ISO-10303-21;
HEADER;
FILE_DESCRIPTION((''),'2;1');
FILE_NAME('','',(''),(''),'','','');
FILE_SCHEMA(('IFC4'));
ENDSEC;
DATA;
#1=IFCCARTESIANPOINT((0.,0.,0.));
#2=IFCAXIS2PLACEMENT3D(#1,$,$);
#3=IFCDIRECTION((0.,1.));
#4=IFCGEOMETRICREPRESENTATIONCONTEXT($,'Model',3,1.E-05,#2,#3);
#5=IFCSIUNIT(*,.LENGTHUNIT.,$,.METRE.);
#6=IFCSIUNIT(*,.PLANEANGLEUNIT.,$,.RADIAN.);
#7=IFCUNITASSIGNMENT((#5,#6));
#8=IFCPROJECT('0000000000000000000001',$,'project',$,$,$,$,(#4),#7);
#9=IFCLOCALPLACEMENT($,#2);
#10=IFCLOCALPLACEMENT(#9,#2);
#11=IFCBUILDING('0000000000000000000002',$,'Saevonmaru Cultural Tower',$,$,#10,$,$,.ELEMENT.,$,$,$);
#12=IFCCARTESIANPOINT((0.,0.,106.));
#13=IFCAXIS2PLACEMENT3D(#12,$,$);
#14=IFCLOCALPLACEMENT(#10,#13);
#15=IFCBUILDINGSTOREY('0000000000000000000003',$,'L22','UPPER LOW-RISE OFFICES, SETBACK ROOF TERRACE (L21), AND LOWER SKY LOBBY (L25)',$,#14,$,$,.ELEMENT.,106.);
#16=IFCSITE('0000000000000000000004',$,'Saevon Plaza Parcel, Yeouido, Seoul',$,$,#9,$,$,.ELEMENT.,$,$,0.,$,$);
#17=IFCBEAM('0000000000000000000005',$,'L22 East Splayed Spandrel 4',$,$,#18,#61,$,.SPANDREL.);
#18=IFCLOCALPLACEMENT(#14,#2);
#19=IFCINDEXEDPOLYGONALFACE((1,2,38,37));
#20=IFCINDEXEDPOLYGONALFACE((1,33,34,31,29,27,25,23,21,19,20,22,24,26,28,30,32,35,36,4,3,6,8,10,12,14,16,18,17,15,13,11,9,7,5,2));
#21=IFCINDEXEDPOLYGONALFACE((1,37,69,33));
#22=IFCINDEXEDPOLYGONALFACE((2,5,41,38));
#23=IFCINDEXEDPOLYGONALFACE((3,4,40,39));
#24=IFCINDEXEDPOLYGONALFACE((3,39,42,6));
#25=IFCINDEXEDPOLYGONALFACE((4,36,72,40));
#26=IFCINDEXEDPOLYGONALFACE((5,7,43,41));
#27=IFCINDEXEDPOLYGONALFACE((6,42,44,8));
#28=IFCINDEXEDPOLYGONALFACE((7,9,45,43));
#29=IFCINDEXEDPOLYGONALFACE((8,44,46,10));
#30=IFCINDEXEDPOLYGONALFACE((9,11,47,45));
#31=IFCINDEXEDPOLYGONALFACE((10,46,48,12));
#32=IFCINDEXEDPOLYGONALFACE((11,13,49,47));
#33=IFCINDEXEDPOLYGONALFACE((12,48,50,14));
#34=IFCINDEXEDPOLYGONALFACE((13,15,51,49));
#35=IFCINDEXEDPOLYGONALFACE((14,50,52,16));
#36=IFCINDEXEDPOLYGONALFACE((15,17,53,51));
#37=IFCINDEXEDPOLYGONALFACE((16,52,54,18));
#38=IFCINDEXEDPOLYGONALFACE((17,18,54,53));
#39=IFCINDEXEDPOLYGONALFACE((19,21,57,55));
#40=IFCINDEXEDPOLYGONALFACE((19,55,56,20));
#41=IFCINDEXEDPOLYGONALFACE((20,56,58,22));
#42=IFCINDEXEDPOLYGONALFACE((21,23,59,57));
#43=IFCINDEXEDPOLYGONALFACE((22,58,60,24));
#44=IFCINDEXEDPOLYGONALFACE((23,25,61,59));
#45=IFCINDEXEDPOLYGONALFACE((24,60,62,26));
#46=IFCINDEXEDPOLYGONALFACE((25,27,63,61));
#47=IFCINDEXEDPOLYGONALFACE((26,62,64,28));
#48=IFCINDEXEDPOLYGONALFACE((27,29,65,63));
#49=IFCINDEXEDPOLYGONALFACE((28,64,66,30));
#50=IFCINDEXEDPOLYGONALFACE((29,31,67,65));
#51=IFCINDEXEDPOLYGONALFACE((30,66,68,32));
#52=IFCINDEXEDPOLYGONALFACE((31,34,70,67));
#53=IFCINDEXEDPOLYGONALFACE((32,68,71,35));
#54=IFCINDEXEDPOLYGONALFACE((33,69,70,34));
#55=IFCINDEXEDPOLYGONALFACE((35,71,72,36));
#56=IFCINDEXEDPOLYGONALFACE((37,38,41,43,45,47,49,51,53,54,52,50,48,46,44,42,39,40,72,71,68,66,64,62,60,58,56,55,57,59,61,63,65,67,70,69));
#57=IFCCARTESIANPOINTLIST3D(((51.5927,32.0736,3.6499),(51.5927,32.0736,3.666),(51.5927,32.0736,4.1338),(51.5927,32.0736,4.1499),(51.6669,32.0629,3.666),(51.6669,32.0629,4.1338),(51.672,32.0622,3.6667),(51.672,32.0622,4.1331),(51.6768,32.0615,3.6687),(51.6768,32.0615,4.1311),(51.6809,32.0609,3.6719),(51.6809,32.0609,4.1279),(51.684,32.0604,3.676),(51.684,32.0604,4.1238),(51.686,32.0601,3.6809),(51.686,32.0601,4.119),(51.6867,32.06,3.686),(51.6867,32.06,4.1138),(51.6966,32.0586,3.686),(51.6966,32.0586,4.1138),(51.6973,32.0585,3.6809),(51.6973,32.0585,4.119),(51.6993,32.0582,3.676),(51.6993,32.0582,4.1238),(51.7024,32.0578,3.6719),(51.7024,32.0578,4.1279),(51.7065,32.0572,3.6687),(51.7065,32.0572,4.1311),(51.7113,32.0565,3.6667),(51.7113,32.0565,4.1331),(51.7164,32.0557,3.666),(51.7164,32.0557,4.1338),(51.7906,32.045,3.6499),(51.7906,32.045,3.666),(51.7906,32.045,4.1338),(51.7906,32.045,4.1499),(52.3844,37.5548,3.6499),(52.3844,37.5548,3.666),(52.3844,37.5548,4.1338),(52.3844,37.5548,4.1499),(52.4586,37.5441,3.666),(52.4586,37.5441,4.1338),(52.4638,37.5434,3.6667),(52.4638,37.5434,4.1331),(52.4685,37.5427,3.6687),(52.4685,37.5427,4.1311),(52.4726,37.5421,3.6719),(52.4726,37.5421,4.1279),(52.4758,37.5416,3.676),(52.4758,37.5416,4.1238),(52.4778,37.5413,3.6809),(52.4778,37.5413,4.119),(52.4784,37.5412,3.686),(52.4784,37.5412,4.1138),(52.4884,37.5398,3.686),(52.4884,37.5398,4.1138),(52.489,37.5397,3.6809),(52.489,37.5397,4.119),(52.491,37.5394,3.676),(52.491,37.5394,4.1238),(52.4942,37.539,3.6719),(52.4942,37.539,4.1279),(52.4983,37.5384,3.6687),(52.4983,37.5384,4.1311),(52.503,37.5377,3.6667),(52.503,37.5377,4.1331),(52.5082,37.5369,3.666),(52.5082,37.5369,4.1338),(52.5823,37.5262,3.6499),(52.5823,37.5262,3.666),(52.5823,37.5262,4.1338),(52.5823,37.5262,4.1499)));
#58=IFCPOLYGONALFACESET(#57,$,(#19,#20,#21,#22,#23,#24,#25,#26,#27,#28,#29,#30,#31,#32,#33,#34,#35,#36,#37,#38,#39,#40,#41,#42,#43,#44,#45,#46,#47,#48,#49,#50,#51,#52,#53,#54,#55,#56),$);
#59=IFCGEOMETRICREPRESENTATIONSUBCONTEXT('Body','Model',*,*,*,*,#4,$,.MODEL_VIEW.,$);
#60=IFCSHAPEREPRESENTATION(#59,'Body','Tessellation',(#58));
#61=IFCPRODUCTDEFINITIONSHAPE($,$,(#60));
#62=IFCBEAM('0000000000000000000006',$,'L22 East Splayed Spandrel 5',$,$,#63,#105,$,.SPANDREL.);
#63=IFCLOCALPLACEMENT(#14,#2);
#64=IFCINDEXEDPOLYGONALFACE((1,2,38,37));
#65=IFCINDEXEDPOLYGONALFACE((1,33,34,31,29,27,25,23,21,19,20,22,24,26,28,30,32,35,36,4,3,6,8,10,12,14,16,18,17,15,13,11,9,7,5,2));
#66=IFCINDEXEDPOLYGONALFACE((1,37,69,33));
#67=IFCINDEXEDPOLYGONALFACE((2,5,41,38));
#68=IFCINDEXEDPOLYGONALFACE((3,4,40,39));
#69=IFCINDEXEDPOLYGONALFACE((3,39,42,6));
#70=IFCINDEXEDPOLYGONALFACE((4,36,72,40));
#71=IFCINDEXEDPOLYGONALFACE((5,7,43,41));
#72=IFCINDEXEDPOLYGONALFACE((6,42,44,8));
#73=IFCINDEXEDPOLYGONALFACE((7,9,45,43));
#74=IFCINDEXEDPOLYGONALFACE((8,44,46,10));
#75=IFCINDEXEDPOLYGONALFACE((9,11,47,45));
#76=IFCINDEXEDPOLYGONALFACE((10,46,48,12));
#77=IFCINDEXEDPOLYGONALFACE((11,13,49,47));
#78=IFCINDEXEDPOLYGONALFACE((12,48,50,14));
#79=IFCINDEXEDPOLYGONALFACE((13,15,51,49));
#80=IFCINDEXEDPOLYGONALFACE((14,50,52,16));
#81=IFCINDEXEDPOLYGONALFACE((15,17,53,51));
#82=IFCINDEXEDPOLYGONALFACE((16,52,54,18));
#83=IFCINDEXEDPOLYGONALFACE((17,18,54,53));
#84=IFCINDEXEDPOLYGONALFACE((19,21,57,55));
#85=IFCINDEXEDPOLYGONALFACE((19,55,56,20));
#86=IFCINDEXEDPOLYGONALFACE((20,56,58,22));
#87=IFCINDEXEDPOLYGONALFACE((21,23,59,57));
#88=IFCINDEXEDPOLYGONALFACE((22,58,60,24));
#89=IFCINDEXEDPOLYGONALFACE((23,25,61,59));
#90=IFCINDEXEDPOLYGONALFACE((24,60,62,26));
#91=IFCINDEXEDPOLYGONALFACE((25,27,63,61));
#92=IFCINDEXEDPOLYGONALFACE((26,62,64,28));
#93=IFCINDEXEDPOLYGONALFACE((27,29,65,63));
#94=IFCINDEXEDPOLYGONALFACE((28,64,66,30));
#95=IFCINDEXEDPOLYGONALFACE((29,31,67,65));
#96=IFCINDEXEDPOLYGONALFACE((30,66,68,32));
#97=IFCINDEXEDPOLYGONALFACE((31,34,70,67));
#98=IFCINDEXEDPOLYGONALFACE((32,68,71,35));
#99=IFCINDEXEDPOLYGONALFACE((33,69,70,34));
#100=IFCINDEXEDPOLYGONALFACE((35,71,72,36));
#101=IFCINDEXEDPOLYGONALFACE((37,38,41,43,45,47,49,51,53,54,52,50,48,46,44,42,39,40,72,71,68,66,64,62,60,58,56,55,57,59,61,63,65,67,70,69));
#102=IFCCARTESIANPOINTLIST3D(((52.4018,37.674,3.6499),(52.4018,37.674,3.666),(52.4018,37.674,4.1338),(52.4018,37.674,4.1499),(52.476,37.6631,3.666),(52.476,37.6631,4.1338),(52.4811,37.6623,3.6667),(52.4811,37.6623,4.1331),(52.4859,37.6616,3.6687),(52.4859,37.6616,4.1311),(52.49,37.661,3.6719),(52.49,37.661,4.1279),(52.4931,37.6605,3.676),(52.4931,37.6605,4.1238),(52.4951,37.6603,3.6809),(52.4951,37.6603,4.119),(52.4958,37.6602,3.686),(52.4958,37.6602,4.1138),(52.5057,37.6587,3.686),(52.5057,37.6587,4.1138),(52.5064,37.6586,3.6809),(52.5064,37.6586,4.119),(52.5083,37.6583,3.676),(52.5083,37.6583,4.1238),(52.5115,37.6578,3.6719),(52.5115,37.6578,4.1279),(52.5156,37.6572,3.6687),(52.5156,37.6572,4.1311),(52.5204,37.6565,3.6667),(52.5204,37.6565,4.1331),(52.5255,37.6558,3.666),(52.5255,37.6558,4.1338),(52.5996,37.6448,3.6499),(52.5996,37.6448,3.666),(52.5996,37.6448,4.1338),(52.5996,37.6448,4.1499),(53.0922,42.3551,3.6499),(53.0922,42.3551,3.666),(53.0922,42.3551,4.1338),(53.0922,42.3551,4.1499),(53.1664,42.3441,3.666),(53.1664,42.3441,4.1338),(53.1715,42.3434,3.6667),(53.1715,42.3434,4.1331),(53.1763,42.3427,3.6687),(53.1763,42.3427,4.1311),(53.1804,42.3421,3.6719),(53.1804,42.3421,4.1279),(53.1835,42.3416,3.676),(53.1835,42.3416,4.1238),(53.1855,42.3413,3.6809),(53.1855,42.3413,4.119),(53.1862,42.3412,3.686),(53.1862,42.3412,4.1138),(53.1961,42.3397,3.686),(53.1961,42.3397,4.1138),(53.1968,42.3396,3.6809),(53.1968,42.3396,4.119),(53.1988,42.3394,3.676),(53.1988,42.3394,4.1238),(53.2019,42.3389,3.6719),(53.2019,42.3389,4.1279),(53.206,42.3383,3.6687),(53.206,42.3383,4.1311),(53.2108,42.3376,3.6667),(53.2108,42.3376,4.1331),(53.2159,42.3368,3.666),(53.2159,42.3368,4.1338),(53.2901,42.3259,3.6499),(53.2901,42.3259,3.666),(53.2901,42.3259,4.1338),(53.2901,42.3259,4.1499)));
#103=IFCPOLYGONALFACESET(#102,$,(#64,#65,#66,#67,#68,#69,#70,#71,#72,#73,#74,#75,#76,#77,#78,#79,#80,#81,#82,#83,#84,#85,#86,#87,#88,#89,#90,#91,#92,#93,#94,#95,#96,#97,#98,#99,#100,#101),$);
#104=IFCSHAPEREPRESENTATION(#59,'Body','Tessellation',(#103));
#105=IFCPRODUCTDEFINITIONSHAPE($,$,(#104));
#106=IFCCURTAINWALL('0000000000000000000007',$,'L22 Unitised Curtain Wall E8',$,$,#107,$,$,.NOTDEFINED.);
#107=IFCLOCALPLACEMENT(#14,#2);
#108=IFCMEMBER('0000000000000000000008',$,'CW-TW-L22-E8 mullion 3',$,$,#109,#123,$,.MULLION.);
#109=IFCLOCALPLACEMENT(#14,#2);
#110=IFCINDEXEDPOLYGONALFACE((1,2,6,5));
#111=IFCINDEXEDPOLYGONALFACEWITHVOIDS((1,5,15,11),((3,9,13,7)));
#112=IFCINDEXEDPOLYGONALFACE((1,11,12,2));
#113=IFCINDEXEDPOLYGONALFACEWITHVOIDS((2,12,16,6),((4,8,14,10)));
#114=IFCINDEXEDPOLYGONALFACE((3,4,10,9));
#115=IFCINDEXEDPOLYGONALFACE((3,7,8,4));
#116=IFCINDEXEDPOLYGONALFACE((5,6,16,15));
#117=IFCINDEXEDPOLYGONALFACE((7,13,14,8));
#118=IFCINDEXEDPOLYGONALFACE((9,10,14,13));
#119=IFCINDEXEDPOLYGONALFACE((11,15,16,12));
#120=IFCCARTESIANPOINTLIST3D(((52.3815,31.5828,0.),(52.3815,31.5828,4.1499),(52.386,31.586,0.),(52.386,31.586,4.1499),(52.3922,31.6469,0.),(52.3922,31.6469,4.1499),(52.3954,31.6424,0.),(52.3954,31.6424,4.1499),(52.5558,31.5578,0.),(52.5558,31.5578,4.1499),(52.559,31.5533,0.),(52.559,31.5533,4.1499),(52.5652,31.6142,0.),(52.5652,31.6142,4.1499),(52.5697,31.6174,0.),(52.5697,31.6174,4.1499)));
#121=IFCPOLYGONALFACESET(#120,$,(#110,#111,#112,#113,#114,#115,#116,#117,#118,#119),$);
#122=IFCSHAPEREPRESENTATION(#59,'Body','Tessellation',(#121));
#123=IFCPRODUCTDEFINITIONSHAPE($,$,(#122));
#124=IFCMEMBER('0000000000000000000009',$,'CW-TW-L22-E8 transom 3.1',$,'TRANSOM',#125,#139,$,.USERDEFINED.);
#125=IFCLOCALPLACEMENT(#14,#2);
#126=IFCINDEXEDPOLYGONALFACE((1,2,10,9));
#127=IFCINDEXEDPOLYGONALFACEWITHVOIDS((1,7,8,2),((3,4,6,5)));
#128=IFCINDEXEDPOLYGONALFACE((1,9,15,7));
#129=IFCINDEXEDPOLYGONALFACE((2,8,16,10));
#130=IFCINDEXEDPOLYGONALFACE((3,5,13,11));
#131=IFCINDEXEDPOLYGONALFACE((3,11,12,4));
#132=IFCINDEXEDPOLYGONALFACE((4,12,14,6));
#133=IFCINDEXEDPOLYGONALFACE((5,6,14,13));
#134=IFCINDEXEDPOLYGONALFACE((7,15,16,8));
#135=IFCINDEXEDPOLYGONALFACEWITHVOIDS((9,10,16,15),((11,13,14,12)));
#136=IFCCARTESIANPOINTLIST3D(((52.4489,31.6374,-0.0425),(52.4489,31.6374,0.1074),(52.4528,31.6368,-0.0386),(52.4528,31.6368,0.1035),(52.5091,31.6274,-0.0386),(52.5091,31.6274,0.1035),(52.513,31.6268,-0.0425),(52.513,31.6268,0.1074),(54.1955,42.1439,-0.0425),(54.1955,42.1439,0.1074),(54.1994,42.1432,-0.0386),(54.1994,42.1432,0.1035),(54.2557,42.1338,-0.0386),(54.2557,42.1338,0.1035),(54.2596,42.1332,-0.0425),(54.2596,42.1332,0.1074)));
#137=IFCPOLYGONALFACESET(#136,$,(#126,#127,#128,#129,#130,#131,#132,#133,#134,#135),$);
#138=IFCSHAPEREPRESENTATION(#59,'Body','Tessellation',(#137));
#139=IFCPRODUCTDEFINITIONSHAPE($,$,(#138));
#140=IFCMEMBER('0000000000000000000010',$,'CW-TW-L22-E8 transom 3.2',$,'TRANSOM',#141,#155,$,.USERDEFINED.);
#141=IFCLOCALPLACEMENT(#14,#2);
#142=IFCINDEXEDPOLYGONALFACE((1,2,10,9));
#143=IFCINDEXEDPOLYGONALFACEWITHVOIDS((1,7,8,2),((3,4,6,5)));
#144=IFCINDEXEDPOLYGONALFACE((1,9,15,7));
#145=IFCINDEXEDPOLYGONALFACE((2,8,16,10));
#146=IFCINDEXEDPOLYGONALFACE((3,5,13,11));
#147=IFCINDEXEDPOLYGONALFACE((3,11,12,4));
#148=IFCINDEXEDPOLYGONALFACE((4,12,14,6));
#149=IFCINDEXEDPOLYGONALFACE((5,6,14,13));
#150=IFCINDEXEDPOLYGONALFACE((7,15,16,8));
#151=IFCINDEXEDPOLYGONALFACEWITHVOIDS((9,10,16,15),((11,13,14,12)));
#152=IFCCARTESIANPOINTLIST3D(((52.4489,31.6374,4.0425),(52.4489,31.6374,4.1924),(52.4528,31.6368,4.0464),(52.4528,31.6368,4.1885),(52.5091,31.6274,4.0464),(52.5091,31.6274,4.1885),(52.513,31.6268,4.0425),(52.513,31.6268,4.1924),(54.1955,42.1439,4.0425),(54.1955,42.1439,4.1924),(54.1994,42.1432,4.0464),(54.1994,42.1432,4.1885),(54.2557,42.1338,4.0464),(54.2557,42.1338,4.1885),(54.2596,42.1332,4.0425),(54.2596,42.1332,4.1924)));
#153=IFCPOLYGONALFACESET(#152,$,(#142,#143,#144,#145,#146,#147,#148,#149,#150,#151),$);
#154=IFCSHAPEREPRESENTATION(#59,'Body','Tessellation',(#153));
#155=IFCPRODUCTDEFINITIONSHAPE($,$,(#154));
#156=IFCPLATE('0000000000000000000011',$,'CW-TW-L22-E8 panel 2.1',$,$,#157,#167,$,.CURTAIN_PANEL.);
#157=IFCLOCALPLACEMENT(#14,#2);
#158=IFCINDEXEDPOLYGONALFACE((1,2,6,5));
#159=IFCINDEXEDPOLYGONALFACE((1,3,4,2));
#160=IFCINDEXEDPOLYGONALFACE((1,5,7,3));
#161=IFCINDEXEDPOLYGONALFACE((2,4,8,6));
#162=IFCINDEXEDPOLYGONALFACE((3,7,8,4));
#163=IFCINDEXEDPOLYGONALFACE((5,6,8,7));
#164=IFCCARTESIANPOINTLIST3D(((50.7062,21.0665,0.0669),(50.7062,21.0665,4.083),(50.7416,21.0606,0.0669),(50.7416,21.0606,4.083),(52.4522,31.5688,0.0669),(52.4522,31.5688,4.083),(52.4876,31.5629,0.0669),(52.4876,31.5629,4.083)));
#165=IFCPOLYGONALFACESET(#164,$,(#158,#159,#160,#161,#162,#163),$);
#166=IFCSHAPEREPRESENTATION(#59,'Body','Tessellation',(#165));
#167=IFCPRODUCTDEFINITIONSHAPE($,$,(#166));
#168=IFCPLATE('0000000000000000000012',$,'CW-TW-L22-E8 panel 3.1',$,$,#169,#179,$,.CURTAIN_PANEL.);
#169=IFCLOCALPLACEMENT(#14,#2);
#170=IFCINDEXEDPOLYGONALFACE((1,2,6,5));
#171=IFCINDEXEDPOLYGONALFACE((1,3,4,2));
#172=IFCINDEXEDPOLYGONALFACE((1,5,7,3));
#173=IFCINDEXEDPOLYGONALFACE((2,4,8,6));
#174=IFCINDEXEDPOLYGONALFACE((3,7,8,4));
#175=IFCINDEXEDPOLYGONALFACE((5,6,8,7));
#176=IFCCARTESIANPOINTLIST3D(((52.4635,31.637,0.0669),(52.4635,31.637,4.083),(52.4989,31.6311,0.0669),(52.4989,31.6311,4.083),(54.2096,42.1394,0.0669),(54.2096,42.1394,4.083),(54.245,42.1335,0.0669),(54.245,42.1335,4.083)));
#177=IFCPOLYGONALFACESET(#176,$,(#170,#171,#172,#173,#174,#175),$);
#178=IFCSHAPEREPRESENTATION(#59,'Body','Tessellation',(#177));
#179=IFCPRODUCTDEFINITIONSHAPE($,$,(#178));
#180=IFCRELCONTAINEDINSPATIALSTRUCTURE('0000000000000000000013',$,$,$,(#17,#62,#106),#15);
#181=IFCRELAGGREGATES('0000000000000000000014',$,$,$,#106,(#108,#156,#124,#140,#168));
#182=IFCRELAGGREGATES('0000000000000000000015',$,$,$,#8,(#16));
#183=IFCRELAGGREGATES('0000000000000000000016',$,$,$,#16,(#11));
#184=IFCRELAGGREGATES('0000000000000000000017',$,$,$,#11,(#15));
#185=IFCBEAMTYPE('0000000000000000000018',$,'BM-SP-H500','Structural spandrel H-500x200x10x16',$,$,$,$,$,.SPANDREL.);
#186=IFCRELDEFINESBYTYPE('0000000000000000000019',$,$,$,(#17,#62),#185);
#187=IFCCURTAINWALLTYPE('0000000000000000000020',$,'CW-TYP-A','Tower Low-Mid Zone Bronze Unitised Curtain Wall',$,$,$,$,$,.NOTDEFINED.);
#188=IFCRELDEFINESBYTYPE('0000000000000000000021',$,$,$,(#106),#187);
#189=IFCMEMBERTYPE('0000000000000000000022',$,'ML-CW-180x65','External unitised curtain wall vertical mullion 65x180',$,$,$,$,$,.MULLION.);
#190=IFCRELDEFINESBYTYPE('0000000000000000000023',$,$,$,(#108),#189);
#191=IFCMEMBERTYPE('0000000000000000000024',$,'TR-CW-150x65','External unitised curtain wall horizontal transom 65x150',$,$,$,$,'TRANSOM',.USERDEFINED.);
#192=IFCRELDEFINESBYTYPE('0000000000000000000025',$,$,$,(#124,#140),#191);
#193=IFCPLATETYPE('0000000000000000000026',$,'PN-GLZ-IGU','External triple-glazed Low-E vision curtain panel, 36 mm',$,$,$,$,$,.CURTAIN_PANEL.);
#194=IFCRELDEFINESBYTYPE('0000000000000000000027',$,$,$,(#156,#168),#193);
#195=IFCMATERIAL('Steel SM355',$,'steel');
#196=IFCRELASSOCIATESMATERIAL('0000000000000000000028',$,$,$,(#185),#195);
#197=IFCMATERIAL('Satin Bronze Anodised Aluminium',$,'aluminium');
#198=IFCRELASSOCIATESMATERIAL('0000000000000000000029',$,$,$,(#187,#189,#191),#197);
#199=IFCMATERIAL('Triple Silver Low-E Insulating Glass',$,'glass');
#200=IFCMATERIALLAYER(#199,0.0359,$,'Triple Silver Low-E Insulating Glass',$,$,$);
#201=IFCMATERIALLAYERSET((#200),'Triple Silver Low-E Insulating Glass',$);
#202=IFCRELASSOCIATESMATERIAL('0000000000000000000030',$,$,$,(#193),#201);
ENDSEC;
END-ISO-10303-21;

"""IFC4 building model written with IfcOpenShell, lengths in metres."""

from ifc_helpers import new_model, si_unit, direction, frame, origin, origin_2d, place, context, subcontext, project, spatial, rectangle, hollow_rectangle, i_section, extrude, material, layer, layer_set, material_profile, profile_set, type_object, element, aggregate, save


model = new_model("IFC4")

# Units and contexts
model_context = context("Model", 3, precision=1e-05, world=origin(), true_north=direction((0.0, 1.0)))
body_context = subcontext(model_context, "Body", "Model", "MODEL_VIEW")
ifc_project = project(units=[si_unit("LENGTHUNIT", "METRE"), si_unit("PLANEANGLEUNIT", "RADIAN")], contexts=[model_context])

# Site, building, storey
site_placement = place(None, origin())
site = spatial("IfcSite", under=ifc_project, at=site_placement, Name="Saevon Plaza Parcel, Yeouido, Seoul", CompositionType="ELEMENT", RefElevation=0.0)
building_placement = place(site_placement, origin())
building = spatial("IfcBuilding", under=site, at=building_placement, Name="Saevonmaru Cultural Tower", CompositionType="ELEMENT")
storey_placement = place(building_placement, frame((0.0, 0.0, 106.0)))
storey = spatial("IfcBuildingStorey", under=building, at=storey_placement, Name="L22", Description="UPPER LOW-RISE OFFICES, SETBACK ROOF TERRACE (L21), AND LOWER SKY LOBBY (L25)", CompositionType="ELEMENT", Elevation=106.0)

# Shared definitions
ifc_material_1 = material(Name="Steel SM355", Category="steel")

# Beams
ifc_material_profile_1 = material_profile(ifc_material_1, i_section(OverallWidth=0.2, OverallDepth=0.5, WebThickness=0.01, FlangeThickness=0.0161, FilletRadius=0.02, at=origin_2d()), Name="H-500x200x10x16")
ifc_profile_set_1 = profile_set([ifc_material_profile_1], Name="Steel SM355")
beam_type_1 = type_object("IfcBeamType", Name="BM-SP-H500", Description="Structural spandrel H-500x200x10x16", PredefinedType="SPANDREL", material=ifc_profile_set_1)
beam_1_placement = place(storey_placement, frame((51.6917, 32.0593, 3.8999), z_axis=(0.142964, 0.989728, 0.0), x_axis=(-0.989728, 0.142964, 0.0)))
element("IfcBeam", 1, at=beam_1_placement, inside=storey, type_object=beam_type_1, Name="L22 East Splayed Spandrel 4", PredefinedType="SPANDREL", context=body_context, shape_type="SweptSolid", body=[
    extrude(i_section(OverallWidth=0.2, OverallDepth=0.5, WebThickness=0.01, FlangeThickness=0.0161, FilletRadius=0.02, at=origin_2d()), origin(), (0.0, 0.0, 1.0), 5.5381),
])
beam_2_placement = place(storey_placement, frame((52.5007, 37.6594, 3.8999), z_axis=(0.145913, 0.989297, 0.0), x_axis=(-0.989297, 0.145913, 0.0)))
element("IfcBeam", 2, at=beam_2_placement, inside=storey, type_object=beam_type_1, Name="L22 East Splayed Spandrel 5", PredefinedType="SPANDREL", context=body_context, shape_type="SweptSolid", body=[
    extrude(i_section(OverallWidth=0.2, OverallDepth=0.5, WebThickness=0.01, FlangeThickness=0.0161, FilletRadius=0.02, at=origin_2d()), origin(), (0.0, 0.0, 1.0), 4.7317),
])

# Curtain wall, members, plates
ifc_material_2 = material(Name="Satin Bronze Anodised Aluminium", Category="aluminium")
curtain_wall_type = type_object("IfcCurtainWallType", Name="CW-TYP-A", Description="Tower Low-Mid Zone Bronze Unitised Curtain Wall", PredefinedType="NOTDEFINED", material=ifc_material_2)
curtain_wall_placement = place(storey_placement, origin())
curtain_wall = element("IfcCurtainWall", 3, at=curtain_wall_placement, inside=storey, type_object=curtain_wall_type, Name="L22 Unitised Curtain Wall E8", PredefinedType="NOTDEFINED")
ifc_material_profile_2 = material_profile(ifc_material_2, hollow_rectangle(XDim=0.0649, YDim=0.1799, WallThickness=0.0039, at=origin_2d()), Name="ALU-MULL-180x65x4")
ifc_profile_set_2 = profile_set([ifc_material_profile_2], Name="Satin Bronze Anodised Aluminium")
member_type_1 = type_object("IfcMemberType", Name="ML-CW-180x65", Description="External unitised curtain wall vertical mullion 65x180", PredefinedType="MULLION", material=ifc_profile_set_2)
member_1_placement = place(storey_placement, frame((52.4756, 31.6001, 0.0), z_axis=(0.0, 0.0, 1.0), x_axis=(0.163999, 0.986461, 0.0)))
member_1 = element("IfcMember", 4, at=member_1_placement, type_object=member_type_1, Name="CW-TW-L22-E8 mullion 3", PredefinedType="MULLION", context=body_context, shape_type="SweptSolid", body=[
    extrude(hollow_rectangle(XDim=0.0649, YDim=0.1799, WallThickness=0.0039, at=origin_2d()), origin(), (0.0, 0.0, 1.0), 4.1499),
])
ifc_material_profile_3 = material_profile(ifc_material_2, hollow_rectangle(XDim=0.0649, YDim=0.1499, WallThickness=0.0039, at=origin_2d()), Name="ALU-TRAN-150x65x4")
ifc_profile_set_3 = profile_set([ifc_material_profile_3], Name="Satin Bronze Anodised Aluminium")
member_type_2 = type_object("IfcMemberType", Name="TR-CW-150x65", Description="External unitised curtain wall horizontal transom 65x150", ElementType="TRANSOM", PredefinedType="USERDEFINED", material=ifc_profile_set_3)
member_2_placement = place(storey_placement, frame((52.481, 31.6321, 0.0325), z_axis=(0.16399, 0.986462, 0.0), x_axis=(-0.986462, 0.16399, 0.0)))
member_2 = element("IfcMember", 5, at=member_2_placement, type_object=member_type_2, Name="CW-TW-L22-E8 transom 3.1", ObjectType="TRANSOM", PredefinedType="USERDEFINED", context=body_context, shape_type="SweptSolid", body=[
    extrude(hollow_rectangle(XDim=0.0649, YDim=0.1499, WallThickness=0.0039, at=origin_2d()), origin(), (0.0, 0.0, 1.0), 10.6506),
])
member_3_placement = place(storey_placement, frame((52.481, 31.6321, 4.1174), z_axis=(0.16399, 0.986462, 0.0), x_axis=(-0.986462, 0.16399, 0.0)))
member_3 = element("IfcMember", 6, at=member_3_placement, type_object=member_type_2, Name="CW-TW-L22-E8 transom 3.2", ObjectType="TRANSOM", PredefinedType="USERDEFINED", context=body_context, shape_type="SweptSolid", body=[
    extrude(hollow_rectangle(XDim=0.0649, YDim=0.1499, WallThickness=0.0039, at=origin_2d()), origin(), (0.0, 0.0, 1.0), 10.6506),
])
ifc_material_3 = material(Name="Triple Silver Low-E Insulating Glass", Category="glass")
ifc_layer_1 = layer(ifc_material_3, 0.0359, Name="Triple Silver Low-E Insulating Glass")
ifc_layer_set_1 = layer_set([ifc_layer_1], Name="Triple Silver Low-E Insulating Glass")
plate_type = type_object("IfcPlateType", Name="PN-GLZ-IGU", Description="External triple-glazed Low-E vision curtain panel, 36 mm", PredefinedType="CURTAIN_PANEL", material=ifc_layer_set_1)
plate_1_placement = place(storey_placement, frame((51.5969, 26.3147, 0.0669), z_axis=(0.0, 0.0, 1.0), x_axis=(0.163999, 0.986461, 0.0)))
plate_1 = element("IfcPlate", 7, at=plate_1_placement, type_object=plate_type, Name="CW-TW-L22-E8 panel 2.1", PredefinedType="CURTAIN_PANEL", context=body_context, shape_type="SweptSolid", body=[
    extrude(rectangle(XDim=10.6465, YDim=0.0359, at=origin_2d()), origin(), (0.0, 0.0, 1.0), 4.0161),
])
plate_2_placement = place(storey_placement, frame((53.3542, 36.8853, 0.0669), z_axis=(0.0, 0.0, 1.0), x_axis=(0.163999, 0.986461, 0.0)))
plate_2 = element("IfcPlate", 8, at=plate_2_placement, type_object=plate_type, Name="CW-TW-L22-E8 panel 3.1", PredefinedType="CURTAIN_PANEL", context=body_context, shape_type="SweptSolid", body=[
    extrude(rectangle(XDim=10.6465, YDim=0.0359, at=origin_2d()), origin(), (0.0, 0.0, 1.0), 4.0161),
])
aggregate(curtain_wall, [member_1, plate_1, member_2, member_3, plate_2])

save(model, "model.ifc")
